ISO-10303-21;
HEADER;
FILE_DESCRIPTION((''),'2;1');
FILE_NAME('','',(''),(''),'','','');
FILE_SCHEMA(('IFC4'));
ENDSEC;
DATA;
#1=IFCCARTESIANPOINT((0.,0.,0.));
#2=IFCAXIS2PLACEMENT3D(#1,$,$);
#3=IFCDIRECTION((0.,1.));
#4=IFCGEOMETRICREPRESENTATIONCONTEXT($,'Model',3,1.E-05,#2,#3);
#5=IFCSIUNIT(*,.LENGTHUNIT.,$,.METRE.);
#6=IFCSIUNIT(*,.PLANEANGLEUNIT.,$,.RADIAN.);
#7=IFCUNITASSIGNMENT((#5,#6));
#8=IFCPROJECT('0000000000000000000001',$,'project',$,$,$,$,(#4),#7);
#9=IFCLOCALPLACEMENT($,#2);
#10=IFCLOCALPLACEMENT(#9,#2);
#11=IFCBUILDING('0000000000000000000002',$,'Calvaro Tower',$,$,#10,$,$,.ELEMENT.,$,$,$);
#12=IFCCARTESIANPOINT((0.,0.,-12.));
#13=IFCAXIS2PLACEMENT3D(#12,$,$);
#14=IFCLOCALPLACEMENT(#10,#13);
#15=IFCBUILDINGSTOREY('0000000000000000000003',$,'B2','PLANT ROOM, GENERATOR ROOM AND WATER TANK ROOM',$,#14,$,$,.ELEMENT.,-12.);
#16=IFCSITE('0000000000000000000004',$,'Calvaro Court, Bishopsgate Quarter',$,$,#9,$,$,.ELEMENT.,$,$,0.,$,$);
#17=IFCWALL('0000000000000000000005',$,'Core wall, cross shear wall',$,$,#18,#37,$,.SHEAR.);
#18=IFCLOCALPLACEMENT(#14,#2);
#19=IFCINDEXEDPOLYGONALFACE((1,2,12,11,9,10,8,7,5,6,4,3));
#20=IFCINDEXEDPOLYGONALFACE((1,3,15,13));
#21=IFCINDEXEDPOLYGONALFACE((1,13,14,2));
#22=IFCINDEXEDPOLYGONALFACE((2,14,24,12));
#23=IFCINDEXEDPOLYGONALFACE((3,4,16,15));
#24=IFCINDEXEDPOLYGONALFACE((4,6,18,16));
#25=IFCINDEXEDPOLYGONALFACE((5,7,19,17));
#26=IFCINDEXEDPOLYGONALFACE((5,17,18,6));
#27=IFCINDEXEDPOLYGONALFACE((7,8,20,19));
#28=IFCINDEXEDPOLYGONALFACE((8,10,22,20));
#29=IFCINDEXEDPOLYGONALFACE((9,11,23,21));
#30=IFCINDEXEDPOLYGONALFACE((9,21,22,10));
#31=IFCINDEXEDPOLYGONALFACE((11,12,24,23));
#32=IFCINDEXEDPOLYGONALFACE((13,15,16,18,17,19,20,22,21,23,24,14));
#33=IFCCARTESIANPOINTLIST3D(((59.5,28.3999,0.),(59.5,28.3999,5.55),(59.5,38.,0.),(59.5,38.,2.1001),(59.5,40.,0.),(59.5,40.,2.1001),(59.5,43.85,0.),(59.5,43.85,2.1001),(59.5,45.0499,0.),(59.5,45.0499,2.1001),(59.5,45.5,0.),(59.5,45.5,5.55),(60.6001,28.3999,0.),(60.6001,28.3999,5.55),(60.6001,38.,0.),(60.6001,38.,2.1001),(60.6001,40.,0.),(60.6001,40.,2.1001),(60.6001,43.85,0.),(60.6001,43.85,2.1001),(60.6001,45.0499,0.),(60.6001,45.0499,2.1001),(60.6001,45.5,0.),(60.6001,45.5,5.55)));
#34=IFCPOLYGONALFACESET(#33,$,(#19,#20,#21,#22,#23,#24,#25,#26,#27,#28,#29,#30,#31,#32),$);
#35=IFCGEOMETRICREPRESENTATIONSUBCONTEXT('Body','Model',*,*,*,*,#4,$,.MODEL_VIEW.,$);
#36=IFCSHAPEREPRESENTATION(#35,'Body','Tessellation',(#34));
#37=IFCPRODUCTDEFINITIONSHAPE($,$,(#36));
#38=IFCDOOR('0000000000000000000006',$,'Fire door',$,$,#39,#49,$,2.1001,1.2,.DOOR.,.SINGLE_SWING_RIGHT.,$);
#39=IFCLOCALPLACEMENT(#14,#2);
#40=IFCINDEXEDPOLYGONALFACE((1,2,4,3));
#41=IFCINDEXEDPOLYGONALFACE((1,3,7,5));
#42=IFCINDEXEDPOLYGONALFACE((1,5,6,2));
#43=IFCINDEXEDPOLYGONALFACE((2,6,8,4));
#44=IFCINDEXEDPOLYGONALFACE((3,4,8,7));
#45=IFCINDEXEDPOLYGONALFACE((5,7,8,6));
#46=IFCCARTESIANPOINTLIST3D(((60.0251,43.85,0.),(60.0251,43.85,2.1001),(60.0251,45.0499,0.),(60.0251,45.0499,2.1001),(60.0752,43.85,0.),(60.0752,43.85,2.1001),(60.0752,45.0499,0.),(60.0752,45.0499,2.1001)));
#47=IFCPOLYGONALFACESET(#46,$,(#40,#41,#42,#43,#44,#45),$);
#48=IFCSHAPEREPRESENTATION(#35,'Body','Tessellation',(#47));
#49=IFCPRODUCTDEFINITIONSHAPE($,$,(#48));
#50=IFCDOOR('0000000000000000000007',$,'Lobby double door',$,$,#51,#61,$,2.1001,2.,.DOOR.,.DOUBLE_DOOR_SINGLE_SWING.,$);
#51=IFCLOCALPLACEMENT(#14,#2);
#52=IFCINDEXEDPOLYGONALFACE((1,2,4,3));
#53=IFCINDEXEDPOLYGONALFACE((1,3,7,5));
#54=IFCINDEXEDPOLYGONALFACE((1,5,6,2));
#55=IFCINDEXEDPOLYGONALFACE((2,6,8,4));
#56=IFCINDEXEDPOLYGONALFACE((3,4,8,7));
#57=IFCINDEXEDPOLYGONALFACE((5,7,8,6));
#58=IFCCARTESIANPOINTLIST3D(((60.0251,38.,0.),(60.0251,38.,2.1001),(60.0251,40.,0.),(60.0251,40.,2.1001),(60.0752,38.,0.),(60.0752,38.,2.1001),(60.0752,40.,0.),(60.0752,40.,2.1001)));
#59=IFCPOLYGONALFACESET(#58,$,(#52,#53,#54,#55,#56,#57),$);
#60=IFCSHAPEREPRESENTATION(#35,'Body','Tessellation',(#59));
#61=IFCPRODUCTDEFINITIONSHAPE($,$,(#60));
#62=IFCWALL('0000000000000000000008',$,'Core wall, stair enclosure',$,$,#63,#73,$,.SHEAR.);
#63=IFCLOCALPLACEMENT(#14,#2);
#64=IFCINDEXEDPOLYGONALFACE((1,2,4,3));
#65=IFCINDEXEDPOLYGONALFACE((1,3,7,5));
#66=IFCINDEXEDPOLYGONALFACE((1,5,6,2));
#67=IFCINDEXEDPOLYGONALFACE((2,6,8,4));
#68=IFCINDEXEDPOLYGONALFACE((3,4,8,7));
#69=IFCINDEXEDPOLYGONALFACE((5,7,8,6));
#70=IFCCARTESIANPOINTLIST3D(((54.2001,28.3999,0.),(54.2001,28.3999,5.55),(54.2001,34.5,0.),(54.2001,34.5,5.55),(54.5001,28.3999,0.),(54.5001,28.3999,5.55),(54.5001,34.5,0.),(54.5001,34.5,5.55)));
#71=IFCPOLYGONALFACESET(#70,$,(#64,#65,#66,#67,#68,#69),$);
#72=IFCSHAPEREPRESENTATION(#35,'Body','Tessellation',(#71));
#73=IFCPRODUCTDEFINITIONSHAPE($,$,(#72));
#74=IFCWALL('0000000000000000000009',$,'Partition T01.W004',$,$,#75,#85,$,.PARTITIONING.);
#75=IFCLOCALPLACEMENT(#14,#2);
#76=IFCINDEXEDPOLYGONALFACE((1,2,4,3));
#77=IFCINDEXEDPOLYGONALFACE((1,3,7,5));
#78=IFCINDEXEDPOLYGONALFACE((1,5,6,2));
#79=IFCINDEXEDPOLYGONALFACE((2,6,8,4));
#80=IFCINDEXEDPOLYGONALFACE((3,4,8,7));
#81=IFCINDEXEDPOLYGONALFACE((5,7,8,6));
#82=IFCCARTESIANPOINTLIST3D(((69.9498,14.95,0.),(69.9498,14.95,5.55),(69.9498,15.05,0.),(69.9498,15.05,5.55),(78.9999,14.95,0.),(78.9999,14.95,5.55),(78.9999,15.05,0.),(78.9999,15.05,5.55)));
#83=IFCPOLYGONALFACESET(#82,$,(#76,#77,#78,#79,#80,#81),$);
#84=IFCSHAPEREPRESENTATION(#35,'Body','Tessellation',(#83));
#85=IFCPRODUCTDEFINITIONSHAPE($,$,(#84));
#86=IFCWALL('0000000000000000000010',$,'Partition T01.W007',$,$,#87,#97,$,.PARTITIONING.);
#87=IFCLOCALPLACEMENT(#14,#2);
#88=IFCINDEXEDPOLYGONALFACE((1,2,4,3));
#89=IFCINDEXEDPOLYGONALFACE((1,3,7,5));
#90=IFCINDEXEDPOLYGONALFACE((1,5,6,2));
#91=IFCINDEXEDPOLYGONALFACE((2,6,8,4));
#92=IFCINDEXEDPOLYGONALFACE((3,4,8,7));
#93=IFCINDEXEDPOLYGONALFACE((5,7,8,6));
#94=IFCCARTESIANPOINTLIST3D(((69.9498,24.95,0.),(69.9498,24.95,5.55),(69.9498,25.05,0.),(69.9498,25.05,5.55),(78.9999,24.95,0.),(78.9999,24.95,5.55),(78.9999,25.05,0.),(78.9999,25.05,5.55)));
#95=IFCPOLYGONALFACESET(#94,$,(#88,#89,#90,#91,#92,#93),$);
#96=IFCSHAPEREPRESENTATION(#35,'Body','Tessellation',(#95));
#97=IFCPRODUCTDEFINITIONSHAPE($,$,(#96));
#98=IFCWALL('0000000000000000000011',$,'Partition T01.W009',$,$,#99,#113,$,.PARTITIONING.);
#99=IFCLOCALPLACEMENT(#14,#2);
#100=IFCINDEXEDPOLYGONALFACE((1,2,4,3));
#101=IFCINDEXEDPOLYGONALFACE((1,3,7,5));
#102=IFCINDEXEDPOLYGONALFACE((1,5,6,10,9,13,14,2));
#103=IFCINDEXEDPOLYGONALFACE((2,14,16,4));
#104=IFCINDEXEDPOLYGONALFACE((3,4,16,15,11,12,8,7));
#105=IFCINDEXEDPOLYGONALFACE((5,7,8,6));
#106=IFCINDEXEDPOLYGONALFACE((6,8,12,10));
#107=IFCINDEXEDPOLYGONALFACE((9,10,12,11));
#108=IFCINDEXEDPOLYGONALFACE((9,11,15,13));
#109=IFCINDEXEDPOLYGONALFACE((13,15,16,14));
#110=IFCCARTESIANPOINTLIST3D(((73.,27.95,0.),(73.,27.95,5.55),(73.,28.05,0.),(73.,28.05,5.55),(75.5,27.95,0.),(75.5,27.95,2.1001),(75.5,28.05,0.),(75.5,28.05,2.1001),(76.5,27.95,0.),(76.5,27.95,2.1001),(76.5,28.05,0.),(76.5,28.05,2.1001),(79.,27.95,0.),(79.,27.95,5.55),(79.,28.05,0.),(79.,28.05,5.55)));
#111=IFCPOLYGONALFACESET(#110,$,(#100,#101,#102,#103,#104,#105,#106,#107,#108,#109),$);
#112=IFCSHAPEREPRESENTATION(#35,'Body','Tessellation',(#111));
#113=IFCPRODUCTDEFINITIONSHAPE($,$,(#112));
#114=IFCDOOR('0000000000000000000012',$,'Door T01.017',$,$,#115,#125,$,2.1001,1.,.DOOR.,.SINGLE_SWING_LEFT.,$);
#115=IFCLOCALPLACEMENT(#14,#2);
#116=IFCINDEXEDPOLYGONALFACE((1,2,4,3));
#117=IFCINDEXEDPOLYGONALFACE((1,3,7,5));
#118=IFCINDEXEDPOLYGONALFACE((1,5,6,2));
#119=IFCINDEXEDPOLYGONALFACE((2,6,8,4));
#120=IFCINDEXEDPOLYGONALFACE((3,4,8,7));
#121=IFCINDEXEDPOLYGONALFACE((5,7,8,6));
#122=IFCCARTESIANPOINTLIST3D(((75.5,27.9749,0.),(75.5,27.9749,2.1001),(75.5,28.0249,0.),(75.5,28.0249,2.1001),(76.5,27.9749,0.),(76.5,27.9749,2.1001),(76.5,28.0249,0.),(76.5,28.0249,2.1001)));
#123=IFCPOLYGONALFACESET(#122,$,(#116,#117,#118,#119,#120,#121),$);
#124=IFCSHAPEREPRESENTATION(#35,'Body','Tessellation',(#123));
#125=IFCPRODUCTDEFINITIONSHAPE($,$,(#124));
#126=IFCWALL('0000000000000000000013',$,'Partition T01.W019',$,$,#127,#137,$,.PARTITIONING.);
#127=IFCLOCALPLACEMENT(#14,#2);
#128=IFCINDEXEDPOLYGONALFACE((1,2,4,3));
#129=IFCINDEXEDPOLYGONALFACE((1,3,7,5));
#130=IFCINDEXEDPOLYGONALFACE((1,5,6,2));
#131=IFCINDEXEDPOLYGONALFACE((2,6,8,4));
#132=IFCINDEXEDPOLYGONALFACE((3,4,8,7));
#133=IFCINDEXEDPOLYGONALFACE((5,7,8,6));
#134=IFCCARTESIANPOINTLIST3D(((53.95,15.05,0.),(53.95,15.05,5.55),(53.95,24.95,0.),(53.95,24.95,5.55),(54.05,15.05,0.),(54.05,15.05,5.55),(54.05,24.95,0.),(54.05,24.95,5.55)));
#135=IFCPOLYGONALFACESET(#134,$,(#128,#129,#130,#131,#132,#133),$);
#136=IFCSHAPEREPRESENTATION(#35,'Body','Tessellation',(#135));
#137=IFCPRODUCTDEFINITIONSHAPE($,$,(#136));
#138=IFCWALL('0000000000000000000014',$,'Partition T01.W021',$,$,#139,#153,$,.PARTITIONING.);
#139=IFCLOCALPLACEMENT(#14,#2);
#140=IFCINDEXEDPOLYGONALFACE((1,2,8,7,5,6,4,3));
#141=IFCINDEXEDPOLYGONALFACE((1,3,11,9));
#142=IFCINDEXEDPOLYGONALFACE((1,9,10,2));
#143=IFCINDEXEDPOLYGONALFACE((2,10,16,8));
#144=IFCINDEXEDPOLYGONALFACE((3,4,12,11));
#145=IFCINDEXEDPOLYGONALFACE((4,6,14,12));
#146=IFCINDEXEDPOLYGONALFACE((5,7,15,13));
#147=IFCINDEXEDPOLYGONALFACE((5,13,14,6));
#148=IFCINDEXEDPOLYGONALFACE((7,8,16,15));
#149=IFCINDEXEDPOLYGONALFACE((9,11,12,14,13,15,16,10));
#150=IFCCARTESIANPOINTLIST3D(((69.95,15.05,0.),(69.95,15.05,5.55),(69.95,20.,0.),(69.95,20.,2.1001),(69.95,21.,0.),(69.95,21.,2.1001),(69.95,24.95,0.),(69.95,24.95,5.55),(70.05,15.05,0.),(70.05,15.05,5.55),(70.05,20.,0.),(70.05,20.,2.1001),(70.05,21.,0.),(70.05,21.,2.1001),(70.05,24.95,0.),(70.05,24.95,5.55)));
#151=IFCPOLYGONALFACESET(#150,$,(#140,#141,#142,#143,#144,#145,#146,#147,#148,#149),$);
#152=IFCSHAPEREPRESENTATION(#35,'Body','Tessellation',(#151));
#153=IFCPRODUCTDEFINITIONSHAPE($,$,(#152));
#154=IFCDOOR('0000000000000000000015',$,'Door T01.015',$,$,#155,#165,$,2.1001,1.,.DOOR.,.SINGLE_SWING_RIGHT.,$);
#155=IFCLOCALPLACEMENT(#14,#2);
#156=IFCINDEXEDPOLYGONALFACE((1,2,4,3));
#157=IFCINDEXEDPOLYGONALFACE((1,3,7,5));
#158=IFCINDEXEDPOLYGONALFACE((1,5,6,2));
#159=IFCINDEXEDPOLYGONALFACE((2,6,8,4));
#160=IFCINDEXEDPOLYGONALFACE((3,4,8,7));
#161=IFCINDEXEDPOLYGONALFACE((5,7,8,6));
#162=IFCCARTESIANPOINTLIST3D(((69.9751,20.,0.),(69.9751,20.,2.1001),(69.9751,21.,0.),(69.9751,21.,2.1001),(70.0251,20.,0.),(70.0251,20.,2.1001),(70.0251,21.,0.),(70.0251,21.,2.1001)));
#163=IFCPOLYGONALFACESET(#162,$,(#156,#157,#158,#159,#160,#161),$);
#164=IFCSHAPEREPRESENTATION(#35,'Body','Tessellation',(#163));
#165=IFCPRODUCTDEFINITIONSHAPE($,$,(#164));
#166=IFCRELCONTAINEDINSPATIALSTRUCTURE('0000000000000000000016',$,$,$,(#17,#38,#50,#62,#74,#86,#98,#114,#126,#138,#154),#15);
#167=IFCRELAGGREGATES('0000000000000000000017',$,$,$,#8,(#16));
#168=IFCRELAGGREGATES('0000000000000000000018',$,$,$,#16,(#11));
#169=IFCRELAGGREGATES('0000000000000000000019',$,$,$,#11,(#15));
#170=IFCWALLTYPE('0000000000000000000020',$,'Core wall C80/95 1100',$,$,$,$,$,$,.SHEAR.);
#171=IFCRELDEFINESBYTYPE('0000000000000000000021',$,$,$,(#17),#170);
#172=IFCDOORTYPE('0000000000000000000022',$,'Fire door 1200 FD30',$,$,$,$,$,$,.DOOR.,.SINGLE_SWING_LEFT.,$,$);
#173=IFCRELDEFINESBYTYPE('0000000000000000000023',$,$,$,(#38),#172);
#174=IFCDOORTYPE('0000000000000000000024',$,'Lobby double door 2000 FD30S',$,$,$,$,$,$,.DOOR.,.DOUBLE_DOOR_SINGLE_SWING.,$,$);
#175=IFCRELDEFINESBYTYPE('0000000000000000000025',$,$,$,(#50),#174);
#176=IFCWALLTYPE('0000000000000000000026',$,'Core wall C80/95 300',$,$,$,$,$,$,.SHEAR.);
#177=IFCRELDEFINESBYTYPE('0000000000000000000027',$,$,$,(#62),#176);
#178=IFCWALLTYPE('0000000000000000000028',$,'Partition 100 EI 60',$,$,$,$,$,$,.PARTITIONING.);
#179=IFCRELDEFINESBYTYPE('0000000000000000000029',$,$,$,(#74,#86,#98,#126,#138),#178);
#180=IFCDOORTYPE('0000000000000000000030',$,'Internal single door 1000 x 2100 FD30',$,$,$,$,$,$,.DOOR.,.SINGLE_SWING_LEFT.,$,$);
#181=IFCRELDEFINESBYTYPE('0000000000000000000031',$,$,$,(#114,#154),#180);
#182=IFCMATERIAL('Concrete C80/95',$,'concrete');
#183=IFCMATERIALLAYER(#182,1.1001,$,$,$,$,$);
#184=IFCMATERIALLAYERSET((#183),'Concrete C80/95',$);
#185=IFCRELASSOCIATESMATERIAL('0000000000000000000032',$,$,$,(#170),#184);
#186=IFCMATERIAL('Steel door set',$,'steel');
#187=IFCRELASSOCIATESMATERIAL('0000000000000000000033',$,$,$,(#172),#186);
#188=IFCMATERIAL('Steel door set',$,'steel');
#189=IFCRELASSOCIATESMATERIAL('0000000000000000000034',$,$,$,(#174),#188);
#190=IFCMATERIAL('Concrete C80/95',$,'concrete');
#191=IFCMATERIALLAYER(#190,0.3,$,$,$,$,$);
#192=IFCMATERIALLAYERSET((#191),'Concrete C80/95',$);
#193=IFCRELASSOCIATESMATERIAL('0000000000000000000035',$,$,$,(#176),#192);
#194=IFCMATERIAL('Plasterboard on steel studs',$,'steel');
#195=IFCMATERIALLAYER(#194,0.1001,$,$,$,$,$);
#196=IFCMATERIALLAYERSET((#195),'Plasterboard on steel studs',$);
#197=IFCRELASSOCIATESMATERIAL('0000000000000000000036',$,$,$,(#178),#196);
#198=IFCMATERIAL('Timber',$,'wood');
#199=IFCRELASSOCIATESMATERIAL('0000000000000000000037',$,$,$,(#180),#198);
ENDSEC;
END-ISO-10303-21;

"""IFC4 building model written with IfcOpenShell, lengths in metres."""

from ifc_helpers import new_model, si_unit, direction, frame, frame_2d, origin, place, context, subcontext, project, spatial, rectangle, extrude, material, layer, layer_set, type_object, element, fill, save


model = new_model("IFC4")

# Units and contexts
model_context = context("Model", 3, precision=1e-05, world=origin(), true_north=direction((0.0, 1.0)))
body_context = subcontext(model_context, "Body", "Model", "MODEL_VIEW")
ifc_project = project(units=[si_unit("LENGTHUNIT", "METRE"), si_unit("PLANEANGLEUNIT", "RADIAN")], contexts=[model_context])

# Site, building, storey
site_placement = place(None, origin())
site = spatial("IfcSite", under=ifc_project, at=site_placement, Name="Calvaro Court, Bishopsgate Quarter", CompositionType="ELEMENT", RefElevation=0.0)
building_placement = place(site_placement, origin())
building = spatial("IfcBuilding", under=site, at=building_placement, Name="Calvaro Tower", CompositionType="ELEMENT")
storey_placement = place(building_placement, frame((0.0, 0.0, -12.0)))
storey = spatial("IfcBuildingStorey", under=building, at=storey_placement, Name="B2", Description="PLANT ROOM, GENERATOR ROOM AND WATER TANK ROOM", CompositionType="ELEMENT", Elevation=-12.0)

# Wall, openings, doors
ifc_material_1 = material(Name="Concrete C80/95", Category="concrete")
ifc_layer_1 = layer(ifc_material_1, 1.1001)
ifc_layer_set_1 = layer_set([ifc_layer_1], Name="Concrete C80/95")
wall_type_1 = type_object("IfcWallType", Name="Core wall C80/95 1100", PredefinedType="SHEAR", material=ifc_layer_set_1)
wall_1_placement = place(storey_placement, frame((60.05, 28.3999, 0.0), z_axis=(0.0, 0.0, 1.0), x_axis=(0.0, 1.0, 0.0)))
wall_1 = element("IfcWall", 1, at=wall_1_placement, inside=storey, type_object=wall_type_1, Name="Core wall, cross shear wall", PredefinedType="SHEAR", context=body_context, shape_type="SweptSolid", body=[
    extrude(rectangle(XDim=17.1001, YDim=1.1001, at=frame_2d((8.55, 0.0))), origin(), (0.0, 0.0, 1.0), 5.55),
])
opening_1_placement = place(wall_1_placement, frame((9.6001, 0.0, 0.0)))
opening_1 = element("IfcOpeningElement", 2, at=opening_1_placement, cuts=wall_1, PredefinedType="OPENING", context=body_context, shape_type="SweptSolid", body=[
    extrude(rectangle(XDim=2.0, YDim=2.1001, at=frame_2d((1.0, 1.05))), frame((0.0, 0.5601, 0.0), z_axis=(0.0, -1.0, 0.0), x_axis=(1.0, 0.0, 0.0)), (0.0, 0.0, 1.0), 1.1201),
])
opening_2_placement = place(wall_1_placement, frame((15.45, 0.0, 0.0)))
opening_2 = element("IfcOpeningElement", 3, at=opening_2_placement, cuts=wall_1, PredefinedType="OPENING", context=body_context, shape_type="SweptSolid", body=[
    extrude(rectangle(XDim=1.2, YDim=2.1001, at=frame_2d((0.6001, 1.05))), frame((0.0, 0.5601, 0.0), z_axis=(0.0, -1.0, 0.0), x_axis=(1.0, 0.0, 0.0)), (0.0, 0.0, 1.0), 1.1201),
])
ifc_material_2 = material(Name="Steel door set", Category="steel")
door_type_1 = type_object("IfcDoorType", Name="Fire door 1200 FD30", OperationType="SINGLE_SWING_LEFT", PredefinedType="DOOR", material=ifc_material_2)
door_1_placement = place(opening_2_placement, origin())
door_1 = element("IfcDoor", 4, at=door_1_placement, inside=storey, type_object=door_type_1, Name="Fire door", OperationType="SINGLE_SWING_RIGHT", OverallHeight=2.1001, OverallWidth=1.2, PredefinedType="DOOR", context=body_context, shape_type="SweptSolid", body=[
    extrude(rectangle(XDim=1.2, YDim=2.1001, at=frame_2d((0.6001, 1.05))), frame((0.0, 0.0249, 0.0), z_axis=(0.0, -1.0, 0.0), x_axis=(1.0, 0.0, 0.0)), (0.0, 0.0, 1.0), 0.05),
])
fill(opening_2, door_1)
ifc_material_3 = material(Name="Steel door set", Category="steel")
door_type_2 = type_object("IfcDoorType", Name="Lobby double door 2000 FD30S", OperationType="DOUBLE_DOOR_SINGLE_SWING", PredefinedType="DOOR", material=ifc_material_3)
door_2_placement = place(opening_1_placement, origin())
door_2 = element("IfcDoor", 5, at=door_2_placement, inside=storey, type_object=door_type_2, Name="Lobby double door", OperationType="DOUBLE_DOOR_SINGLE_SWING", OverallHeight=2.1001, OverallWidth=2.0, PredefinedType="DOOR", context=body_context, shape_type="SweptSolid", body=[
    extrude(rectangle(XDim=2.0, YDim=2.1001, at=frame_2d((1.0, 1.05))), frame((0.0, 0.0249, 0.0), z_axis=(0.0, -1.0, 0.0), x_axis=(1.0, 0.0, 0.0)), (0.0, 0.0, 1.0), 0.05),
])
fill(opening_1, door_2)

# Walls
ifc_material_4 = material(Name="Concrete C80/95", Category="concrete")
ifc_layer_2 = layer(ifc_material_4, 0.3)
ifc_layer_set_2 = layer_set([ifc_layer_2], Name="Concrete C80/95")
wall_type_2 = type_object("IfcWallType", Name="Core wall C80/95 300", PredefinedType="SHEAR", material=ifc_layer_set_2)
wall_2_placement = place(storey_placement, frame((54.3501, 28.3999, 0.0), z_axis=(0.0, 0.0, 1.0), x_axis=(0.0, 1.0, 0.0)))
element("IfcWall", 6, at=wall_2_placement, inside=storey, type_object=wall_type_2, Name="Core wall, stair enclosure", PredefinedType="SHEAR", context=body_context, shape_type="SweptSolid", body=[
    extrude(rectangle(XDim=6.1001, YDim=0.3, at=frame_2d((3.05, 0.0))), origin(), (0.0, 0.0, 1.0), 5.55),
])
ifc_material_5 = material(Name="Plasterboard on steel studs", Category="steel")
ifc_layer_3 = layer(ifc_material_5, 0.1001)
ifc_layer_set_3 = layer_set([ifc_layer_3], Name="Plasterboard on steel studs")
wall_type_3 = type_object("IfcWallType", Name="Partition 100 EI 60", PredefinedType="PARTITIONING", material=ifc_layer_set_3)
for number, where, z_axis, x_axis, name in (
    (7, (69.95, 15.0, 0.0), (0.0, 0.0, 1.0), (1.0, 0.0, 0.0), "Partition T01.W004"),
    (8, (69.95, 25.0, 0.0), (0.0, 0.0, 1.0), (1.0, 0.0, 0.0), "Partition T01.W007"),
):
    element("IfcWall", number, at=place(storey_placement, frame(where, z_axis=z_axis, x_axis=x_axis)), inside=storey, type_object=wall_type_3, Name=name, PredefinedType="PARTITIONING", context=body_context, shape_type="SweptSolid", body=[
        extrude(rectangle(XDim=9.05, YDim=0.1001, at=frame_2d((4.5249, 0.0))), origin(), (0.0, 0.0, 1.0), 5.55),
    ])

# Wall, opening, door
wall_3_placement = place(storey_placement, frame((73.0, 28.0, 0.0), z_axis=(0.0, 0.0, 1.0), x_axis=(1.0, 0.0, 0.0)))
wall_3 = element("IfcWall", 9, at=wall_3_placement, inside=storey, type_object=wall_type_3, Name="Partition T01.W009", PredefinedType="PARTITIONING", context=body_context, shape_type="SweptSolid", body=[
    extrude(rectangle(XDim=6.0, YDim=0.1001, at=frame_2d((3.0, 0.0))), origin(), (0.0, 0.0, 1.0), 5.55),
])
opening_3_placement = place(wall_3_placement, frame((2.5, 0.0, 0.0)))
opening_3 = element("IfcOpeningElement", 10, at=opening_3_placement, cuts=wall_3, PredefinedType="OPENING", context=body_context, shape_type="SweptSolid", body=[
    extrude(rectangle(XDim=1.0, YDim=2.1001, at=frame_2d((0.5, 1.05))), frame((0.0, 0.0601, 0.0), z_axis=(0.0, -1.0, 0.0), x_axis=(1.0, 0.0, 0.0)), (0.0, 0.0, 1.0), 0.1201),
])
ifc_material_6 = material(Name="Timber", Category="wood")
door_type_3 = type_object("IfcDoorType", Name="Internal single door 1000 x 2100 FD30", OperationType="SINGLE_SWING_LEFT", PredefinedType="DOOR", material=ifc_material_6)
door_3_placement = place(opening_3_placement, origin())
door_3 = element("IfcDoor", 11, at=door_3_placement, inside=storey, type_object=door_type_3, Name="Door T01.017", OperationType="SINGLE_SWING_LEFT", OverallHeight=2.1001, OverallWidth=1.0, PredefinedType="DOOR", context=body_context, shape_type="SweptSolid", body=[
    extrude(rectangle(XDim=1.0, YDim=2.1001, at=frame_2d((0.5, 1.05))), frame((0.0, 0.0249, 0.0), z_axis=(0.0, -1.0, 0.0), x_axis=(1.0, 0.0, 0.0)), (0.0, 0.0, 1.0), 0.05),
])
fill(opening_3, door_3)

# Wall
wall_4_placement = place(storey_placement, frame((54.0, 15.05, 0.0), z_axis=(0.0, 0.0, 1.0), x_axis=(0.0, 1.0, 0.0)))
element("IfcWall", 12, at=wall_4_placement, inside=storey, type_object=wall_type_3, Name="Partition T01.W019", PredefinedType="PARTITIONING", context=body_context, shape_type="SweptSolid", body=[
    extrude(rectangle(XDim=9.8999, YDim=0.1001, at=frame_2d((4.95, 0.0))), origin(), (0.0, 0.0, 1.0), 5.55),
])

# Wall, opening, door
wall_5_placement = place(storey_placement, frame((70.0, 15.05, 0.0), z_axis=(0.0, 0.0, 1.0), x_axis=(0.0, 1.0, 0.0)))
wall_5 = element("IfcWall", 13, at=wall_5_placement, inside=storey, type_object=wall_type_3, Name="Partition T01.W021", PredefinedType="PARTITIONING", context=body_context, shape_type="SweptSolid", body=[
    extrude(rectangle(XDim=9.8999, YDim=0.1001, at=frame_2d((4.95, 0.0))), origin(), (0.0, 0.0, 1.0), 5.55),
])
opening_4_placement = place(wall_5_placement, frame((4.95, 0.0, 0.0)))
opening_4 = element("IfcOpeningElement", 14, at=opening_4_placement, cuts=wall_5, PredefinedType="OPENING", context=body_context, shape_type="SweptSolid", body=[
    extrude(rectangle(XDim=1.0, YDim=2.1001, at=frame_2d((0.5, 1.05))), frame((0.0, 0.0601, 0.0), z_axis=(0.0, -1.0, 0.0), x_axis=(1.0, 0.0, 0.0)), (0.0, 0.0, 1.0), 0.1201),
])
door_4_placement = place(opening_4_placement, origin())
door_4 = element("IfcDoor", 15, at=door_4_placement, inside=storey, type_object=door_type_3, Name="Door T01.015", OperationType="SINGLE_SWING_RIGHT", OverallHeight=2.1001, OverallWidth=1.0, PredefinedType="DOOR", context=body_context, shape_type="SweptSolid", body=[
    extrude(rectangle(XDim=1.0, YDim=2.1001, at=frame_2d((0.5, 1.05))), frame((0.0, 0.0249, 0.0), z_axis=(0.0, -1.0, 0.0), x_axis=(1.0, 0.0, 0.0)), (0.0, 0.0, 1.0), 0.05),
])
fill(opening_4, door_4)

save(model, "model.ifc")
